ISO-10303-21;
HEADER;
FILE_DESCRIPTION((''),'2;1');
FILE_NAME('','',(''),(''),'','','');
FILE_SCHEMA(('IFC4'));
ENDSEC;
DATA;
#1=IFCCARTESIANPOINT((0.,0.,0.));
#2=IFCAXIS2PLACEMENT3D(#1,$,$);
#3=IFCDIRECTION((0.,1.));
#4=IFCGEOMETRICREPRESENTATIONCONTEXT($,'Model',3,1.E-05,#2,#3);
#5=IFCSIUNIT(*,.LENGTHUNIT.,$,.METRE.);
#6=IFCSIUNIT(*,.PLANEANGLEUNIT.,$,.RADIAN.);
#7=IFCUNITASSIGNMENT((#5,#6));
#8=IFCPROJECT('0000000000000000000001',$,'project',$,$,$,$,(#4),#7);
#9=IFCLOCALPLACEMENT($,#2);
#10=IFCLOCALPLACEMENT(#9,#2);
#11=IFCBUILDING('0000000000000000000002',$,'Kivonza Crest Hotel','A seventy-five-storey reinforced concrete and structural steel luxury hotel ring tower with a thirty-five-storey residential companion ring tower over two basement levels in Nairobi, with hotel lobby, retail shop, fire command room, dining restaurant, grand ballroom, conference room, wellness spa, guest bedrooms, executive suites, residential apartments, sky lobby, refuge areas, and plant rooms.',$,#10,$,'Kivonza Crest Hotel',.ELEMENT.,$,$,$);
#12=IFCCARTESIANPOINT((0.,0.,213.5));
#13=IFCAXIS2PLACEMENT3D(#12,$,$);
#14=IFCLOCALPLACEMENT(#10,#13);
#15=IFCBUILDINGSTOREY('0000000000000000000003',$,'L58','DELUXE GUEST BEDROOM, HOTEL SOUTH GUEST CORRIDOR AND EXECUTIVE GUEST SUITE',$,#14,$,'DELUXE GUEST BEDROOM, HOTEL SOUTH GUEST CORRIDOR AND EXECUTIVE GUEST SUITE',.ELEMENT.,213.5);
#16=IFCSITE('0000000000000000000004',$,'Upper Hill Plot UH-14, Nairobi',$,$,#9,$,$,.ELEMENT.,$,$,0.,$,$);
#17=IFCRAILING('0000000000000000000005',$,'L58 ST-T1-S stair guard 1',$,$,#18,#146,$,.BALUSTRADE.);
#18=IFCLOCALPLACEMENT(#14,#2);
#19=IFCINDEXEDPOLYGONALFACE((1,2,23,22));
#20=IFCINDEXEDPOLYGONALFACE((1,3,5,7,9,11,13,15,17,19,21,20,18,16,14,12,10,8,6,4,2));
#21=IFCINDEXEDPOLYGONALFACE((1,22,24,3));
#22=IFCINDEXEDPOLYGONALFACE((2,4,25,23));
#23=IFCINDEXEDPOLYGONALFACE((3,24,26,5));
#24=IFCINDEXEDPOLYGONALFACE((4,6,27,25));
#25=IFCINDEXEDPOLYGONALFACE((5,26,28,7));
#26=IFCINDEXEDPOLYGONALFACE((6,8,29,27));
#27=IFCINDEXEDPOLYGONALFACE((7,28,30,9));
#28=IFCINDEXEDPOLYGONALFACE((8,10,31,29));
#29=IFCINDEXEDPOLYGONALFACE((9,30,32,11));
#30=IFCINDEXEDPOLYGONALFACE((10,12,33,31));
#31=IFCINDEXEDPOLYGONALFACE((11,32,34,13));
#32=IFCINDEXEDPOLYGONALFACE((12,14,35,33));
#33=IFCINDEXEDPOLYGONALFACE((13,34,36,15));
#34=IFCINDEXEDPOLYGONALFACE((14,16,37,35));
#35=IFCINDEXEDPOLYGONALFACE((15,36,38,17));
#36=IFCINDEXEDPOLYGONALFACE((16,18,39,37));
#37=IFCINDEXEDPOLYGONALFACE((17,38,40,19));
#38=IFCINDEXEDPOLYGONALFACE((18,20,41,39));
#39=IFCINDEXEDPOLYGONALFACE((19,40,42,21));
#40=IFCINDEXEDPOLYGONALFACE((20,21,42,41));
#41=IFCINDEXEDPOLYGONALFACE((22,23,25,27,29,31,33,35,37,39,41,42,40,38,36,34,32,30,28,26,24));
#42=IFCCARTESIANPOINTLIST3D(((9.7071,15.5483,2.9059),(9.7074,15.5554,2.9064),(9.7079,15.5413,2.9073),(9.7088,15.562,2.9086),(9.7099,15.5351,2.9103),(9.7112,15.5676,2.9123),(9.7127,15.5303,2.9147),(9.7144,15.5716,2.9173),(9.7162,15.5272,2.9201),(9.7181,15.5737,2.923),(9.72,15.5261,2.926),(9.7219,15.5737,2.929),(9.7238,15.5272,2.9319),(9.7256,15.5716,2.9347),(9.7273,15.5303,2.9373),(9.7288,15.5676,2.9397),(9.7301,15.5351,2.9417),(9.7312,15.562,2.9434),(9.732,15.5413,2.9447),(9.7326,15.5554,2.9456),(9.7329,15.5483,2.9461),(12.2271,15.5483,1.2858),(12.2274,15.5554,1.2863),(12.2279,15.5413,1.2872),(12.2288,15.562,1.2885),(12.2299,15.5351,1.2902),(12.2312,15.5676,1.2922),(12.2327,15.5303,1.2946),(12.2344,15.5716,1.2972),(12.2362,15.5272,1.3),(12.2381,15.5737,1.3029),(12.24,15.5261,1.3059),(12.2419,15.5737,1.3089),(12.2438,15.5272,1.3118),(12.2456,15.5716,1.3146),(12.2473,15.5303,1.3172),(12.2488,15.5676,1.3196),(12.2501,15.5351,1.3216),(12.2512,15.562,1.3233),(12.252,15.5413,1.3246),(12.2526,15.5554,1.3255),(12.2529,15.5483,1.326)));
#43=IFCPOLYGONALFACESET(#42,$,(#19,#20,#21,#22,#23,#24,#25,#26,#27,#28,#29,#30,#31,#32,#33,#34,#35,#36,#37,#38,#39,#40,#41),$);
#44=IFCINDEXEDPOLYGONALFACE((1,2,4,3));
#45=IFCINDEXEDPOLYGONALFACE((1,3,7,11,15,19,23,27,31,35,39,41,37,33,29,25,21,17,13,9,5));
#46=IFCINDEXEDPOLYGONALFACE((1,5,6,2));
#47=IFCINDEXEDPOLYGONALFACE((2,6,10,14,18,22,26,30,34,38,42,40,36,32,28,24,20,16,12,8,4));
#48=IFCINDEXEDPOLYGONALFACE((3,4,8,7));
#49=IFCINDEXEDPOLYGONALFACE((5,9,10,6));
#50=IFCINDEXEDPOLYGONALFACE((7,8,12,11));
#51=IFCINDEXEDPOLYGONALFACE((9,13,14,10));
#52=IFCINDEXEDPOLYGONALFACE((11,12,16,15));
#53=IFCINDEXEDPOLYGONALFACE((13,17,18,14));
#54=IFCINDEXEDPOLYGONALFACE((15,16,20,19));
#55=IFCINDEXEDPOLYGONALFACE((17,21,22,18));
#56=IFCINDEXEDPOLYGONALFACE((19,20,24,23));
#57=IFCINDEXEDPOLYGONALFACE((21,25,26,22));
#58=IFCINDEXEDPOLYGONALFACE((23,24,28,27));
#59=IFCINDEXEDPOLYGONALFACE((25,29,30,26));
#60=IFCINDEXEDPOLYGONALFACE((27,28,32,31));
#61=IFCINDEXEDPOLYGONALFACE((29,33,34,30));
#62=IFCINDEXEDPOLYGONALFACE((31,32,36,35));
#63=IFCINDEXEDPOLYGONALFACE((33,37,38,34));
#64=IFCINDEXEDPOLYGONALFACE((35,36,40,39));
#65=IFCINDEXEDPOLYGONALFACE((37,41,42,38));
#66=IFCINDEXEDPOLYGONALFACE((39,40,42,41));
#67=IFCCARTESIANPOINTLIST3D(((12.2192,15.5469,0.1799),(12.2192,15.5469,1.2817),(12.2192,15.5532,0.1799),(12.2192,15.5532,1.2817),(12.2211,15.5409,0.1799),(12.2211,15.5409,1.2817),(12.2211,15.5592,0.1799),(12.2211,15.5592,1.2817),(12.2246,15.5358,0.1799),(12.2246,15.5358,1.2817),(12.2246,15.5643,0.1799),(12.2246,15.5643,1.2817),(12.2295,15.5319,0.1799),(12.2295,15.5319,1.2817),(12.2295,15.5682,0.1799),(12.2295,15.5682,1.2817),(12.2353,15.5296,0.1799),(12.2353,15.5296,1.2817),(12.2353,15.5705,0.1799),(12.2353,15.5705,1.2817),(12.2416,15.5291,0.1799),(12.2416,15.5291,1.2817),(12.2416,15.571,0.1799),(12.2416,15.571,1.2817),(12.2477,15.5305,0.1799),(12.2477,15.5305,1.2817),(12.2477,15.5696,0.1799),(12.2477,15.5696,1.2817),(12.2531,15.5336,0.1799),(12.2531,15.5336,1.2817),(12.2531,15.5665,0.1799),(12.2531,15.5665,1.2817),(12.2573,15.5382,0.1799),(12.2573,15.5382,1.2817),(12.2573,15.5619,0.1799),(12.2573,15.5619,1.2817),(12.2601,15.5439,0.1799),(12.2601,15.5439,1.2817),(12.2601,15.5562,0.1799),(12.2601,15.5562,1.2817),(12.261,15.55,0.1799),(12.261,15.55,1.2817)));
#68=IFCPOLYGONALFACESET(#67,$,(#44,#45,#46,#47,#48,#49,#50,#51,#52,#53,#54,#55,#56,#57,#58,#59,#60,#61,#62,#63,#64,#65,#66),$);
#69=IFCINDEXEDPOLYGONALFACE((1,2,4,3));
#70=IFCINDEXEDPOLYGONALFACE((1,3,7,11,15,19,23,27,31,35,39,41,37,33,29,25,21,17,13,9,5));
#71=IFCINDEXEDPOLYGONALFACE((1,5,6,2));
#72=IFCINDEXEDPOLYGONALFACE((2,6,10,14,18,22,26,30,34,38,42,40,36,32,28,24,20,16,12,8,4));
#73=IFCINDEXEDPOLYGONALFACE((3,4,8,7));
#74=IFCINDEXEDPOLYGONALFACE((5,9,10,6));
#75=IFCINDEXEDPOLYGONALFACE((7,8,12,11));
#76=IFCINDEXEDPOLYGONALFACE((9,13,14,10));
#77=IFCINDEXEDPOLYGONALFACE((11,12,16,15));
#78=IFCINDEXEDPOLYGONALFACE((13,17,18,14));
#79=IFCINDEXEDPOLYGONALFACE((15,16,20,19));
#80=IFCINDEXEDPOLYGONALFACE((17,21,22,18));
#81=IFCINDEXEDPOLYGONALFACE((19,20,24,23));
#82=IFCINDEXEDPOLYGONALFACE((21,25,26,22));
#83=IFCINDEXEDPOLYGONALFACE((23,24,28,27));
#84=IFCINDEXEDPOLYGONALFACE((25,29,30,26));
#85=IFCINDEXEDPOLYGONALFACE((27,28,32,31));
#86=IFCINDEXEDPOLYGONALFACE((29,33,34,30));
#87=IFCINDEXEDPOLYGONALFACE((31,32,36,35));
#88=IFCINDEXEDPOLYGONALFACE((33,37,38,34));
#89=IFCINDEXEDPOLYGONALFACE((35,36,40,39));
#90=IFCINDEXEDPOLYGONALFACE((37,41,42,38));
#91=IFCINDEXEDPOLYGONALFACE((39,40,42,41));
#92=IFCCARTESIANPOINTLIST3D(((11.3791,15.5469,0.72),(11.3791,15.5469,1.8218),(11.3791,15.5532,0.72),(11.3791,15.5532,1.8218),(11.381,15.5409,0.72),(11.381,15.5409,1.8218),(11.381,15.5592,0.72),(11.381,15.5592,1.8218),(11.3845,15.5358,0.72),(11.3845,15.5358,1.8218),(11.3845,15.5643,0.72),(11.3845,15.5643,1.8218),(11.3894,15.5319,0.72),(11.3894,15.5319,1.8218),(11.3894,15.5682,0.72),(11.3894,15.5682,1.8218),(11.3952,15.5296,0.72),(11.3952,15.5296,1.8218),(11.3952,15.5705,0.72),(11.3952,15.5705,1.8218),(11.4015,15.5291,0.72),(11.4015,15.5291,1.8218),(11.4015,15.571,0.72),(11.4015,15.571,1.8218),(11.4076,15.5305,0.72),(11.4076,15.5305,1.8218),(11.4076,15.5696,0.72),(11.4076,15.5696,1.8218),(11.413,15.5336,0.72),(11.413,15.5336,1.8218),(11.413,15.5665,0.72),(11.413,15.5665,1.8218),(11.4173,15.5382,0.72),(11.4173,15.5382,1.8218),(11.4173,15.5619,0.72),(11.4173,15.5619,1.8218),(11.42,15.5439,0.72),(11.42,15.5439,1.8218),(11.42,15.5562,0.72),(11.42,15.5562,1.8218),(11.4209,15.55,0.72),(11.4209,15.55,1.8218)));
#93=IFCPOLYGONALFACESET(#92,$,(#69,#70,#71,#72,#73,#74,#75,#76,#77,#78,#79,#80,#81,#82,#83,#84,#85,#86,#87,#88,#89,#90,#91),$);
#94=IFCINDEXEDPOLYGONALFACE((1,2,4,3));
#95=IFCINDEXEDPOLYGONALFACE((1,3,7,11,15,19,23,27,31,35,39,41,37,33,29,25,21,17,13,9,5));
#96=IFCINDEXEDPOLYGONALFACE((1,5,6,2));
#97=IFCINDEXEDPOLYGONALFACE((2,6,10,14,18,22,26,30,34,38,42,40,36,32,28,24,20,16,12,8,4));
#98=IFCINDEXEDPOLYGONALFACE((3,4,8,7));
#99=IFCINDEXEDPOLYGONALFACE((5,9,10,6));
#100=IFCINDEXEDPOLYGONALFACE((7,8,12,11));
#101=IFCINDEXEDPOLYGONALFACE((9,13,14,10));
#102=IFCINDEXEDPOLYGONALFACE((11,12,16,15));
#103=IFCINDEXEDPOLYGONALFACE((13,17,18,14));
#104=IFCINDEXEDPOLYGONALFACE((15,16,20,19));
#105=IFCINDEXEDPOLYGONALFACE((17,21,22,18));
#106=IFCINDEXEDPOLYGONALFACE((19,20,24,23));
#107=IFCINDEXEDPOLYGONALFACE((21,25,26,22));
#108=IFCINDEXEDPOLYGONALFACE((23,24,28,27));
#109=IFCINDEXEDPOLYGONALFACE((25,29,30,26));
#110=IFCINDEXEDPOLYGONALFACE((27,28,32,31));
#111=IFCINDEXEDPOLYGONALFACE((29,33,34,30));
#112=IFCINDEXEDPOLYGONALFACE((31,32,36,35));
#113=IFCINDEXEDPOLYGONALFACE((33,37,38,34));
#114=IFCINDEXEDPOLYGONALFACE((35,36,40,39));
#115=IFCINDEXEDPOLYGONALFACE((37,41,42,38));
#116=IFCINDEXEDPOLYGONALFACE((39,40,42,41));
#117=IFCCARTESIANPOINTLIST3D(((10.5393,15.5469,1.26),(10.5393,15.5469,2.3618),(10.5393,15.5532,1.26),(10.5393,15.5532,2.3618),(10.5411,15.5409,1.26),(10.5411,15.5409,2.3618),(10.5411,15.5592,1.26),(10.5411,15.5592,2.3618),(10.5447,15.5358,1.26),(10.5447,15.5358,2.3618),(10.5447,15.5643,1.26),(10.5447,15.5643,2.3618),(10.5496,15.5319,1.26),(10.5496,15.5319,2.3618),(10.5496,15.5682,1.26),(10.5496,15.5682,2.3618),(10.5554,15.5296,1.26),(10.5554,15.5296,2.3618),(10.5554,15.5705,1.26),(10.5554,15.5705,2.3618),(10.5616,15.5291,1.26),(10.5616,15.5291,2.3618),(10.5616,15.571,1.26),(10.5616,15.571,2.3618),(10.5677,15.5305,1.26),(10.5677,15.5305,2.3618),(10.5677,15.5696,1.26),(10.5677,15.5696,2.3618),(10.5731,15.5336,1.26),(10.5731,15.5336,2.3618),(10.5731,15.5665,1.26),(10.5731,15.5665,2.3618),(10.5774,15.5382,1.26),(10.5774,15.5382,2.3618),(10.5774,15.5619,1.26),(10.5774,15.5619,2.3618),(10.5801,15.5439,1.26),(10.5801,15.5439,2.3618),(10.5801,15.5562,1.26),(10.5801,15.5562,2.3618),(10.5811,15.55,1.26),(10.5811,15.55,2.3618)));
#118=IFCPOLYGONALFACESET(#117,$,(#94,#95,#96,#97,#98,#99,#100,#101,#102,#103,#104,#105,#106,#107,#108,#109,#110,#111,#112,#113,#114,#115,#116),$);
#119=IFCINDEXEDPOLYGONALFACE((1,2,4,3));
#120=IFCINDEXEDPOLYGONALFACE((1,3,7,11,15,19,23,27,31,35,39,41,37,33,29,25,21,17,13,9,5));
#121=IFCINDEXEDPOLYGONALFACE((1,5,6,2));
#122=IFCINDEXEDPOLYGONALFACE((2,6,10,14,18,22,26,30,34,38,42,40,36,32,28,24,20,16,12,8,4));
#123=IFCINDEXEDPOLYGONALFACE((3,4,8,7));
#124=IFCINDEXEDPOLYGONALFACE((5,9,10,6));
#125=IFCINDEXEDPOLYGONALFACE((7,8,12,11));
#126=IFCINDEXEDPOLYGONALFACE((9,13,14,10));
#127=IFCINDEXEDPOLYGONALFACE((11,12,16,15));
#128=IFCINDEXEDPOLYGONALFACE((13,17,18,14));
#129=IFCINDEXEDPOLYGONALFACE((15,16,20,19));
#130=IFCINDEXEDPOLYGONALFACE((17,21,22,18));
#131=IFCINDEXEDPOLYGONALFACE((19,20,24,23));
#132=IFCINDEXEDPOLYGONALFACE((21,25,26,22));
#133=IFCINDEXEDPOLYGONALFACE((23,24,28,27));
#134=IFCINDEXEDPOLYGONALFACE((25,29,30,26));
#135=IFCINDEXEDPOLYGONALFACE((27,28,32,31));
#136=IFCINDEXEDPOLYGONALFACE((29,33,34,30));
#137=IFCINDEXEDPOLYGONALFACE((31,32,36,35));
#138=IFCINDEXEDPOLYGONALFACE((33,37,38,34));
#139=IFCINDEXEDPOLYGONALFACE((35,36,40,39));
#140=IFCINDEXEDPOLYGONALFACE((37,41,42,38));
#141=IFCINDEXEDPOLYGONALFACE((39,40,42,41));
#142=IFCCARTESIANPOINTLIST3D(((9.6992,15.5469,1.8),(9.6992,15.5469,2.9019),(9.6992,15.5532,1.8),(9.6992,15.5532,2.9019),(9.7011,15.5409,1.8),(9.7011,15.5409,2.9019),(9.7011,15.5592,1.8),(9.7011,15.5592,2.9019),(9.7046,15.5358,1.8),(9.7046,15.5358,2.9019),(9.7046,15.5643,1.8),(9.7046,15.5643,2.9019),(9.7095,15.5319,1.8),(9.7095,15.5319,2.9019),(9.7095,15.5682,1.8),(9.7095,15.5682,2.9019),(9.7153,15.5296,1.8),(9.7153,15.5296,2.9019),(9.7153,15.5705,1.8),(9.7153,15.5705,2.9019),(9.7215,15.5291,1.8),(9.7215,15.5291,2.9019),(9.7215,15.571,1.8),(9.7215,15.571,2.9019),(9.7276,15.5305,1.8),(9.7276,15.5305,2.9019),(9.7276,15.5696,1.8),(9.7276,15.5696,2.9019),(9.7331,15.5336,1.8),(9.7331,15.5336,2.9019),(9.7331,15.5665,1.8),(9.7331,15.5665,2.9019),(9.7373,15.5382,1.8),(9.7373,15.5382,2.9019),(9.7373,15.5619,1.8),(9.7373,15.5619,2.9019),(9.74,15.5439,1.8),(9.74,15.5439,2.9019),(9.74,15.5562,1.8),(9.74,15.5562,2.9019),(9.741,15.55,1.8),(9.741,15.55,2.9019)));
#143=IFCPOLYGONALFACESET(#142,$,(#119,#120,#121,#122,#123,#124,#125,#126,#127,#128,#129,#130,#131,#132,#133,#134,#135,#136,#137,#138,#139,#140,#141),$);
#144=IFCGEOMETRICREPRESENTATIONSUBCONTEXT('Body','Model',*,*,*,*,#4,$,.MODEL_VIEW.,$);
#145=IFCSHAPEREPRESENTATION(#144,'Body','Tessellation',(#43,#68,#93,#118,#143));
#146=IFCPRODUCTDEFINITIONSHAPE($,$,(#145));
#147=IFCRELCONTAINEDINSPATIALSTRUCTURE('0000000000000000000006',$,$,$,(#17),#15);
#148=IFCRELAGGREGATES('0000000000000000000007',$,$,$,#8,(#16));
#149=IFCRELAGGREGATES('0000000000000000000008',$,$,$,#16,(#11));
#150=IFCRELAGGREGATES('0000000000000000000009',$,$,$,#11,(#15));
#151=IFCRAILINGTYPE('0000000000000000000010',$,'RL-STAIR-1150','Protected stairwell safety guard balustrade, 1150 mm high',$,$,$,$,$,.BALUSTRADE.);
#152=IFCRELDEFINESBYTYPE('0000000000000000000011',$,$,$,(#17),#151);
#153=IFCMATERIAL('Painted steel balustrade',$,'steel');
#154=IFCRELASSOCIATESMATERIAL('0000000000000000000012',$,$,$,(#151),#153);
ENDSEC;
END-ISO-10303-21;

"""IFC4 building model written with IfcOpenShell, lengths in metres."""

from ifc_helpers import new_model, si_unit, direction, frame, origin, origin_2d, place, context, subcontext, project, spatial, circle, extrude, material, type_object, element, save


model = new_model("IFC4")

# Units and contexts
model_context = context("Model", 3, precision=1e-05, world=origin(), true_north=direction((0.0, 1.0)))
body_context = subcontext(model_context, "Body", "Model", "MODEL_VIEW")
ifc_project = project(units=[si_unit("LENGTHUNIT", "METRE"), si_unit("PLANEANGLEUNIT", "RADIAN")], contexts=[model_context])

# Site, building, storey
site_placement = place(None, origin())
site = spatial("IfcSite", under=ifc_project, at=site_placement, Name="Upper Hill Plot UH-14, Nairobi", CompositionType="ELEMENT", RefElevation=0.0)
building_placement = place(site_placement, origin())
building = spatial("IfcBuilding", under=site, at=building_placement, Name="Kivonza Crest Hotel", Description="A seventy-five-storey reinforced concrete and structural steel luxury hotel ring tower with a thirty-five-storey residential companion ring tower over two basement levels in Nairobi, with hotel lobby, retail shop, fire command room, dining restaurant, grand ballroom, conference room, wellness spa, guest bedrooms, executive suites, residential apartments, sky lobby, refuge areas, and plant rooms.", LongName="Kivonza Crest Hotel", CompositionType="ELEMENT")
storey_placement = place(building_placement, frame((0.0, 0.0, 213.5)))
storey = spatial("IfcBuildingStorey", under=building, at=storey_placement, Name="L58", Description="DELUXE GUEST BEDROOM, HOTEL SOUTH GUEST CORRIDOR AND EXECUTIVE GUEST SUITE", LongName="DELUXE GUEST BEDROOM, HOTEL SOUTH GUEST CORRIDOR AND EXECUTIVE GUEST SUITE", CompositionType="ELEMENT", Elevation=213.5)

# Railing
ifc_material_1 = material(Name="Painted steel balustrade", Category="steel")
railing_type_1 = type_object("IfcRailingType", Name="RL-STAIR-1150", Description="Protected stairwell safety guard balustrade, 1150 mm high", PredefinedType="BALUSTRADE", material=ifc_material_1)
railing_1_placement = place(storey_placement, frame((12.24, 15.55, 0.1799)))
element("IfcRailing", 1, at=railing_1_placement, inside=storey, type_object=railing_type_1, Name="L58 ST-T1-S stair guard 1", PredefinedType="BALUSTRADE", context=body_context, shape_type="SweptSolid", body=[
    extrude(circle(Radius=0.0239, at=origin_2d()), frame((0.0, 0.0, 1.126), z_axis=(-0.841163, 0.0, 0.540782), x_axis=(0.0, -1.0, 0.0)), (0.0, 0.0, 1.0), 2.9958),
    extrude(circle(Radius=0.021, at=origin_2d()), origin(), (0.0, 0.0, 1.0), 1.1018),
    extrude(circle(Radius=0.021, at=origin_2d()), frame((-0.8401, 0.0, 0.54)), (0.0, 0.0, 1.0), 1.1018),
    extrude(circle(Radius=0.021, at=origin_2d()), frame((-1.6799, 0.0, 1.0801)), (0.0, 0.0, 1.0), 1.1018),
    extrude(circle(Radius=0.021, at=origin_2d()), frame((-2.52, 0.0, 1.6201)), (0.0, 0.0, 1.0), 1.1018),
])

save(model, "model.ifc")
